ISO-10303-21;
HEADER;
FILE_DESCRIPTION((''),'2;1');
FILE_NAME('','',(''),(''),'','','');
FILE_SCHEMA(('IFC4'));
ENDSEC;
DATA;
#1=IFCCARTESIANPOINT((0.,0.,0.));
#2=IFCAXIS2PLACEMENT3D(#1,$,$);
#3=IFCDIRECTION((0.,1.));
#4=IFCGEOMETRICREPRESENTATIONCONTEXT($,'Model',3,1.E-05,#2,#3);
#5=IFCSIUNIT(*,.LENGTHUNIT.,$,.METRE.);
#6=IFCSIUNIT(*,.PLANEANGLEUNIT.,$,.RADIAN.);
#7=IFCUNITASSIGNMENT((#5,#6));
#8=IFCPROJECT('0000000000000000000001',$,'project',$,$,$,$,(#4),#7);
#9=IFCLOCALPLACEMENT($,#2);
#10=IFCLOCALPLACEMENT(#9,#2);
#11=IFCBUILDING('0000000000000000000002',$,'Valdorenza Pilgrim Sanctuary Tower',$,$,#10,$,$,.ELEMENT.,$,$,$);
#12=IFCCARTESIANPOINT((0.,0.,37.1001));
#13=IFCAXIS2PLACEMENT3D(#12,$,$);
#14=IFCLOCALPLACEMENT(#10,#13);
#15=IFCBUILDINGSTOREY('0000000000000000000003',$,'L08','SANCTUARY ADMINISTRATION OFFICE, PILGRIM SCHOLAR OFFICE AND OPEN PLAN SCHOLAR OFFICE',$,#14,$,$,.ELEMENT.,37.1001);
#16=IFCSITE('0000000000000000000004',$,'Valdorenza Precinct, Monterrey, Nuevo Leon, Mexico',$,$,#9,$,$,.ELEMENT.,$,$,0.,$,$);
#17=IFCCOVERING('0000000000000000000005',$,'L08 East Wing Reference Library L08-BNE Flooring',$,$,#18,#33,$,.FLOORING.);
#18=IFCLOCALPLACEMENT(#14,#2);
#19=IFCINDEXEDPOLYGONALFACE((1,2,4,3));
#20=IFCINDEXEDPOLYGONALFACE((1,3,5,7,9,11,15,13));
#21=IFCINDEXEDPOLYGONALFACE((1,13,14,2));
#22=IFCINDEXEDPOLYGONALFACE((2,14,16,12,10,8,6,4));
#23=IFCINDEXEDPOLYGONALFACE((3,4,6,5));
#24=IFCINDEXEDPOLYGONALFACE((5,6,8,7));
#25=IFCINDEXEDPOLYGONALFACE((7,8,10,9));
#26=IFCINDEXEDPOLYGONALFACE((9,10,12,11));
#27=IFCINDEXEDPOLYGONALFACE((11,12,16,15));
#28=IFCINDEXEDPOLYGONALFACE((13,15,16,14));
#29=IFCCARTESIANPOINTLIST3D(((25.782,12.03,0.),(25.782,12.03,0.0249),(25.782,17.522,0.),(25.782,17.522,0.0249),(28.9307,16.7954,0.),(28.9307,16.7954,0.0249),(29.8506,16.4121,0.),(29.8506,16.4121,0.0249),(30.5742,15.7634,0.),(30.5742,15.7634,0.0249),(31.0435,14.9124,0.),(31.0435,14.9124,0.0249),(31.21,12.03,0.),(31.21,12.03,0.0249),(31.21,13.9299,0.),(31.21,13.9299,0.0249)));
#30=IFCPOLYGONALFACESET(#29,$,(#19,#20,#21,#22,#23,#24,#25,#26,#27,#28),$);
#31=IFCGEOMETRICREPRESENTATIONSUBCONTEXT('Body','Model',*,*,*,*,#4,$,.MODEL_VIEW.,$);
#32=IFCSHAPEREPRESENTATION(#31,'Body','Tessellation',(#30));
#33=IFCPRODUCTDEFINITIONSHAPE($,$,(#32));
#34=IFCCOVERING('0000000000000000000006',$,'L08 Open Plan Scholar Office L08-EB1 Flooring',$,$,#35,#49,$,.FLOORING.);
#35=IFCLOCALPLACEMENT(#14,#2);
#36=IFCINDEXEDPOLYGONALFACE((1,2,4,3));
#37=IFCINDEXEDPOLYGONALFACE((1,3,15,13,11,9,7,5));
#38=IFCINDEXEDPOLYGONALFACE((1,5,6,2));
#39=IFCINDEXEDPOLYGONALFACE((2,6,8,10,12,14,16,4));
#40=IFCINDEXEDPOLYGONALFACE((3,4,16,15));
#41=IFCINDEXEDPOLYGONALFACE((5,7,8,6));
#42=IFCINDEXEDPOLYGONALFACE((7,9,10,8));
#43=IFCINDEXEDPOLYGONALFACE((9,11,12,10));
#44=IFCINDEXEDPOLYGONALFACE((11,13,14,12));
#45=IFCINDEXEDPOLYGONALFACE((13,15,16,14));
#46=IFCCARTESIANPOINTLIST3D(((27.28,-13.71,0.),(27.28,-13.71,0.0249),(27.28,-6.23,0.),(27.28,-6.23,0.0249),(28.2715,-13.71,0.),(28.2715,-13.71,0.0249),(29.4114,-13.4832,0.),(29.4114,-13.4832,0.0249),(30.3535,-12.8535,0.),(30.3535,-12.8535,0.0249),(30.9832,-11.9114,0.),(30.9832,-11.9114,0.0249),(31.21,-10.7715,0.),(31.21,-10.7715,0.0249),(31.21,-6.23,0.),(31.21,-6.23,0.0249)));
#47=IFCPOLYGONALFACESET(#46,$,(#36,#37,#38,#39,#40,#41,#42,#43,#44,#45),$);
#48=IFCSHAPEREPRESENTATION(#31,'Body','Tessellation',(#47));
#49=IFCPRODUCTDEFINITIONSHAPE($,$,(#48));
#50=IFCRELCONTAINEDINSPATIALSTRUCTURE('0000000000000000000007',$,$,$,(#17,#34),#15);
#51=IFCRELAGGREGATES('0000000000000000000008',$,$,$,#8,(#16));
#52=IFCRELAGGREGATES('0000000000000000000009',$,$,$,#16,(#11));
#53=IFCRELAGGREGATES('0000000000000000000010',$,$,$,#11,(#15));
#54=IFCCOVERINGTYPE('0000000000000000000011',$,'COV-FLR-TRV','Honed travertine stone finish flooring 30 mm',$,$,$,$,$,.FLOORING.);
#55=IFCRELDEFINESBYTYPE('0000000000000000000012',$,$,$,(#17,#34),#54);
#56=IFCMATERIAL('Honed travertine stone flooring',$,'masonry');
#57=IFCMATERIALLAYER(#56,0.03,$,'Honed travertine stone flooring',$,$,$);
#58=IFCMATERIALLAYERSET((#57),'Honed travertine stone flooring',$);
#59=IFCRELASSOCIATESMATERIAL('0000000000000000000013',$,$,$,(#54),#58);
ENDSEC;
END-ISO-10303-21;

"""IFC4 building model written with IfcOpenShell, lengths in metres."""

from ifc_helpers import new_model, si_unit, direction, frame, origin, place, context, subcontext, project, spatial, polyline, outline, extrude, material, layer, layer_set, type_object, element, save


model = new_model("IFC4")

# Units and contexts
model_context = context("Model", 3, precision=1e-05, world=origin(), true_north=direction((0.0, 1.0)))
body_context = subcontext(model_context, "Body", "Model", "MODEL_VIEW")
ifc_project = project(units=[si_unit("LENGTHUNIT", "METRE"), si_unit("PLANEANGLEUNIT", "RADIAN")], contexts=[model_context])

# Site, building, storey
site_placement = place(None, origin())
site = spatial("IfcSite", under=ifc_project, at=site_placement, Name="Valdorenza Precinct, Monterrey, Nuevo Leon, Mexico", CompositionType="ELEMENT", RefElevation=0.0)
building_placement = place(site_placement, origin())
building = spatial("IfcBuilding", under=site, at=building_placement, Name="Valdorenza Pilgrim Sanctuary Tower", CompositionType="ELEMENT")
storey_placement = place(building_placement, frame((0.0, 0.0, 37.1001)))
storey = spatial("IfcBuildingStorey", under=building, at=storey_placement, Name="L08", Description="SANCTUARY ADMINISTRATION OFFICE, PILGRIM SCHOLAR OFFICE AND OPEN PLAN SCHOLAR OFFICE", CompositionType="ELEMENT", Elevation=37.1001)

# Coverings
ifc_material_1 = material(Name="Honed travertine stone flooring", Category="masonry")
ifc_layer_1 = layer(ifc_material_1, 0.03, Name="Honed travertine stone flooring")
ifc_layer_set_1 = layer_set([ifc_layer_1], Name="Honed travertine stone flooring")
covering_type_1 = type_object("IfcCoveringType", Name="COV-FLR-TRV", Description="Honed travertine stone finish flooring 30 mm", PredefinedType="FLOORING", material=ifc_layer_set_1)
covering_1_placement = place(storey_placement, origin())
element("IfcCovering", 1, at=covering_1_placement, inside=storey, type_object=covering_type_1, Name="L08 East Wing Reference Library L08-BNE Flooring", PredefinedType="FLOORING", context=body_context, shape_type="SweptSolid", body=[
    extrude(outline(polyline([(28.9307, 16.7954), (29.8506, 16.4121), (30.5742, 15.7634), (31.0435, 14.9124), (31.21, 13.9299), (31.21, 12.03), (25.782, 12.03), (25.782, 17.522), (28.9307, 16.7954)])), origin(), (0.0, 0.0, 1.0), 0.0249),
])
covering_2_placement = place(storey_placement, origin())
element("IfcCovering", 2, at=covering_2_placement, inside=storey, type_object=covering_type_1, Name="L08 Open Plan Scholar Office L08-EB1 Flooring", PredefinedType="FLOORING", context=body_context, shape_type="SweptSolid", body=[
    extrude(outline(polyline([(31.21, -6.23), (31.21, -10.7715), (30.9832, -11.9114), (30.3535, -12.8535), (29.4114, -13.4832), (28.2715, -13.71), (27.28, -13.71), (27.28, -6.23), (31.21, -6.23)])), origin(), (0.0, 0.0, 1.0), 0.0249),
])

save(model, "model.ifc")
